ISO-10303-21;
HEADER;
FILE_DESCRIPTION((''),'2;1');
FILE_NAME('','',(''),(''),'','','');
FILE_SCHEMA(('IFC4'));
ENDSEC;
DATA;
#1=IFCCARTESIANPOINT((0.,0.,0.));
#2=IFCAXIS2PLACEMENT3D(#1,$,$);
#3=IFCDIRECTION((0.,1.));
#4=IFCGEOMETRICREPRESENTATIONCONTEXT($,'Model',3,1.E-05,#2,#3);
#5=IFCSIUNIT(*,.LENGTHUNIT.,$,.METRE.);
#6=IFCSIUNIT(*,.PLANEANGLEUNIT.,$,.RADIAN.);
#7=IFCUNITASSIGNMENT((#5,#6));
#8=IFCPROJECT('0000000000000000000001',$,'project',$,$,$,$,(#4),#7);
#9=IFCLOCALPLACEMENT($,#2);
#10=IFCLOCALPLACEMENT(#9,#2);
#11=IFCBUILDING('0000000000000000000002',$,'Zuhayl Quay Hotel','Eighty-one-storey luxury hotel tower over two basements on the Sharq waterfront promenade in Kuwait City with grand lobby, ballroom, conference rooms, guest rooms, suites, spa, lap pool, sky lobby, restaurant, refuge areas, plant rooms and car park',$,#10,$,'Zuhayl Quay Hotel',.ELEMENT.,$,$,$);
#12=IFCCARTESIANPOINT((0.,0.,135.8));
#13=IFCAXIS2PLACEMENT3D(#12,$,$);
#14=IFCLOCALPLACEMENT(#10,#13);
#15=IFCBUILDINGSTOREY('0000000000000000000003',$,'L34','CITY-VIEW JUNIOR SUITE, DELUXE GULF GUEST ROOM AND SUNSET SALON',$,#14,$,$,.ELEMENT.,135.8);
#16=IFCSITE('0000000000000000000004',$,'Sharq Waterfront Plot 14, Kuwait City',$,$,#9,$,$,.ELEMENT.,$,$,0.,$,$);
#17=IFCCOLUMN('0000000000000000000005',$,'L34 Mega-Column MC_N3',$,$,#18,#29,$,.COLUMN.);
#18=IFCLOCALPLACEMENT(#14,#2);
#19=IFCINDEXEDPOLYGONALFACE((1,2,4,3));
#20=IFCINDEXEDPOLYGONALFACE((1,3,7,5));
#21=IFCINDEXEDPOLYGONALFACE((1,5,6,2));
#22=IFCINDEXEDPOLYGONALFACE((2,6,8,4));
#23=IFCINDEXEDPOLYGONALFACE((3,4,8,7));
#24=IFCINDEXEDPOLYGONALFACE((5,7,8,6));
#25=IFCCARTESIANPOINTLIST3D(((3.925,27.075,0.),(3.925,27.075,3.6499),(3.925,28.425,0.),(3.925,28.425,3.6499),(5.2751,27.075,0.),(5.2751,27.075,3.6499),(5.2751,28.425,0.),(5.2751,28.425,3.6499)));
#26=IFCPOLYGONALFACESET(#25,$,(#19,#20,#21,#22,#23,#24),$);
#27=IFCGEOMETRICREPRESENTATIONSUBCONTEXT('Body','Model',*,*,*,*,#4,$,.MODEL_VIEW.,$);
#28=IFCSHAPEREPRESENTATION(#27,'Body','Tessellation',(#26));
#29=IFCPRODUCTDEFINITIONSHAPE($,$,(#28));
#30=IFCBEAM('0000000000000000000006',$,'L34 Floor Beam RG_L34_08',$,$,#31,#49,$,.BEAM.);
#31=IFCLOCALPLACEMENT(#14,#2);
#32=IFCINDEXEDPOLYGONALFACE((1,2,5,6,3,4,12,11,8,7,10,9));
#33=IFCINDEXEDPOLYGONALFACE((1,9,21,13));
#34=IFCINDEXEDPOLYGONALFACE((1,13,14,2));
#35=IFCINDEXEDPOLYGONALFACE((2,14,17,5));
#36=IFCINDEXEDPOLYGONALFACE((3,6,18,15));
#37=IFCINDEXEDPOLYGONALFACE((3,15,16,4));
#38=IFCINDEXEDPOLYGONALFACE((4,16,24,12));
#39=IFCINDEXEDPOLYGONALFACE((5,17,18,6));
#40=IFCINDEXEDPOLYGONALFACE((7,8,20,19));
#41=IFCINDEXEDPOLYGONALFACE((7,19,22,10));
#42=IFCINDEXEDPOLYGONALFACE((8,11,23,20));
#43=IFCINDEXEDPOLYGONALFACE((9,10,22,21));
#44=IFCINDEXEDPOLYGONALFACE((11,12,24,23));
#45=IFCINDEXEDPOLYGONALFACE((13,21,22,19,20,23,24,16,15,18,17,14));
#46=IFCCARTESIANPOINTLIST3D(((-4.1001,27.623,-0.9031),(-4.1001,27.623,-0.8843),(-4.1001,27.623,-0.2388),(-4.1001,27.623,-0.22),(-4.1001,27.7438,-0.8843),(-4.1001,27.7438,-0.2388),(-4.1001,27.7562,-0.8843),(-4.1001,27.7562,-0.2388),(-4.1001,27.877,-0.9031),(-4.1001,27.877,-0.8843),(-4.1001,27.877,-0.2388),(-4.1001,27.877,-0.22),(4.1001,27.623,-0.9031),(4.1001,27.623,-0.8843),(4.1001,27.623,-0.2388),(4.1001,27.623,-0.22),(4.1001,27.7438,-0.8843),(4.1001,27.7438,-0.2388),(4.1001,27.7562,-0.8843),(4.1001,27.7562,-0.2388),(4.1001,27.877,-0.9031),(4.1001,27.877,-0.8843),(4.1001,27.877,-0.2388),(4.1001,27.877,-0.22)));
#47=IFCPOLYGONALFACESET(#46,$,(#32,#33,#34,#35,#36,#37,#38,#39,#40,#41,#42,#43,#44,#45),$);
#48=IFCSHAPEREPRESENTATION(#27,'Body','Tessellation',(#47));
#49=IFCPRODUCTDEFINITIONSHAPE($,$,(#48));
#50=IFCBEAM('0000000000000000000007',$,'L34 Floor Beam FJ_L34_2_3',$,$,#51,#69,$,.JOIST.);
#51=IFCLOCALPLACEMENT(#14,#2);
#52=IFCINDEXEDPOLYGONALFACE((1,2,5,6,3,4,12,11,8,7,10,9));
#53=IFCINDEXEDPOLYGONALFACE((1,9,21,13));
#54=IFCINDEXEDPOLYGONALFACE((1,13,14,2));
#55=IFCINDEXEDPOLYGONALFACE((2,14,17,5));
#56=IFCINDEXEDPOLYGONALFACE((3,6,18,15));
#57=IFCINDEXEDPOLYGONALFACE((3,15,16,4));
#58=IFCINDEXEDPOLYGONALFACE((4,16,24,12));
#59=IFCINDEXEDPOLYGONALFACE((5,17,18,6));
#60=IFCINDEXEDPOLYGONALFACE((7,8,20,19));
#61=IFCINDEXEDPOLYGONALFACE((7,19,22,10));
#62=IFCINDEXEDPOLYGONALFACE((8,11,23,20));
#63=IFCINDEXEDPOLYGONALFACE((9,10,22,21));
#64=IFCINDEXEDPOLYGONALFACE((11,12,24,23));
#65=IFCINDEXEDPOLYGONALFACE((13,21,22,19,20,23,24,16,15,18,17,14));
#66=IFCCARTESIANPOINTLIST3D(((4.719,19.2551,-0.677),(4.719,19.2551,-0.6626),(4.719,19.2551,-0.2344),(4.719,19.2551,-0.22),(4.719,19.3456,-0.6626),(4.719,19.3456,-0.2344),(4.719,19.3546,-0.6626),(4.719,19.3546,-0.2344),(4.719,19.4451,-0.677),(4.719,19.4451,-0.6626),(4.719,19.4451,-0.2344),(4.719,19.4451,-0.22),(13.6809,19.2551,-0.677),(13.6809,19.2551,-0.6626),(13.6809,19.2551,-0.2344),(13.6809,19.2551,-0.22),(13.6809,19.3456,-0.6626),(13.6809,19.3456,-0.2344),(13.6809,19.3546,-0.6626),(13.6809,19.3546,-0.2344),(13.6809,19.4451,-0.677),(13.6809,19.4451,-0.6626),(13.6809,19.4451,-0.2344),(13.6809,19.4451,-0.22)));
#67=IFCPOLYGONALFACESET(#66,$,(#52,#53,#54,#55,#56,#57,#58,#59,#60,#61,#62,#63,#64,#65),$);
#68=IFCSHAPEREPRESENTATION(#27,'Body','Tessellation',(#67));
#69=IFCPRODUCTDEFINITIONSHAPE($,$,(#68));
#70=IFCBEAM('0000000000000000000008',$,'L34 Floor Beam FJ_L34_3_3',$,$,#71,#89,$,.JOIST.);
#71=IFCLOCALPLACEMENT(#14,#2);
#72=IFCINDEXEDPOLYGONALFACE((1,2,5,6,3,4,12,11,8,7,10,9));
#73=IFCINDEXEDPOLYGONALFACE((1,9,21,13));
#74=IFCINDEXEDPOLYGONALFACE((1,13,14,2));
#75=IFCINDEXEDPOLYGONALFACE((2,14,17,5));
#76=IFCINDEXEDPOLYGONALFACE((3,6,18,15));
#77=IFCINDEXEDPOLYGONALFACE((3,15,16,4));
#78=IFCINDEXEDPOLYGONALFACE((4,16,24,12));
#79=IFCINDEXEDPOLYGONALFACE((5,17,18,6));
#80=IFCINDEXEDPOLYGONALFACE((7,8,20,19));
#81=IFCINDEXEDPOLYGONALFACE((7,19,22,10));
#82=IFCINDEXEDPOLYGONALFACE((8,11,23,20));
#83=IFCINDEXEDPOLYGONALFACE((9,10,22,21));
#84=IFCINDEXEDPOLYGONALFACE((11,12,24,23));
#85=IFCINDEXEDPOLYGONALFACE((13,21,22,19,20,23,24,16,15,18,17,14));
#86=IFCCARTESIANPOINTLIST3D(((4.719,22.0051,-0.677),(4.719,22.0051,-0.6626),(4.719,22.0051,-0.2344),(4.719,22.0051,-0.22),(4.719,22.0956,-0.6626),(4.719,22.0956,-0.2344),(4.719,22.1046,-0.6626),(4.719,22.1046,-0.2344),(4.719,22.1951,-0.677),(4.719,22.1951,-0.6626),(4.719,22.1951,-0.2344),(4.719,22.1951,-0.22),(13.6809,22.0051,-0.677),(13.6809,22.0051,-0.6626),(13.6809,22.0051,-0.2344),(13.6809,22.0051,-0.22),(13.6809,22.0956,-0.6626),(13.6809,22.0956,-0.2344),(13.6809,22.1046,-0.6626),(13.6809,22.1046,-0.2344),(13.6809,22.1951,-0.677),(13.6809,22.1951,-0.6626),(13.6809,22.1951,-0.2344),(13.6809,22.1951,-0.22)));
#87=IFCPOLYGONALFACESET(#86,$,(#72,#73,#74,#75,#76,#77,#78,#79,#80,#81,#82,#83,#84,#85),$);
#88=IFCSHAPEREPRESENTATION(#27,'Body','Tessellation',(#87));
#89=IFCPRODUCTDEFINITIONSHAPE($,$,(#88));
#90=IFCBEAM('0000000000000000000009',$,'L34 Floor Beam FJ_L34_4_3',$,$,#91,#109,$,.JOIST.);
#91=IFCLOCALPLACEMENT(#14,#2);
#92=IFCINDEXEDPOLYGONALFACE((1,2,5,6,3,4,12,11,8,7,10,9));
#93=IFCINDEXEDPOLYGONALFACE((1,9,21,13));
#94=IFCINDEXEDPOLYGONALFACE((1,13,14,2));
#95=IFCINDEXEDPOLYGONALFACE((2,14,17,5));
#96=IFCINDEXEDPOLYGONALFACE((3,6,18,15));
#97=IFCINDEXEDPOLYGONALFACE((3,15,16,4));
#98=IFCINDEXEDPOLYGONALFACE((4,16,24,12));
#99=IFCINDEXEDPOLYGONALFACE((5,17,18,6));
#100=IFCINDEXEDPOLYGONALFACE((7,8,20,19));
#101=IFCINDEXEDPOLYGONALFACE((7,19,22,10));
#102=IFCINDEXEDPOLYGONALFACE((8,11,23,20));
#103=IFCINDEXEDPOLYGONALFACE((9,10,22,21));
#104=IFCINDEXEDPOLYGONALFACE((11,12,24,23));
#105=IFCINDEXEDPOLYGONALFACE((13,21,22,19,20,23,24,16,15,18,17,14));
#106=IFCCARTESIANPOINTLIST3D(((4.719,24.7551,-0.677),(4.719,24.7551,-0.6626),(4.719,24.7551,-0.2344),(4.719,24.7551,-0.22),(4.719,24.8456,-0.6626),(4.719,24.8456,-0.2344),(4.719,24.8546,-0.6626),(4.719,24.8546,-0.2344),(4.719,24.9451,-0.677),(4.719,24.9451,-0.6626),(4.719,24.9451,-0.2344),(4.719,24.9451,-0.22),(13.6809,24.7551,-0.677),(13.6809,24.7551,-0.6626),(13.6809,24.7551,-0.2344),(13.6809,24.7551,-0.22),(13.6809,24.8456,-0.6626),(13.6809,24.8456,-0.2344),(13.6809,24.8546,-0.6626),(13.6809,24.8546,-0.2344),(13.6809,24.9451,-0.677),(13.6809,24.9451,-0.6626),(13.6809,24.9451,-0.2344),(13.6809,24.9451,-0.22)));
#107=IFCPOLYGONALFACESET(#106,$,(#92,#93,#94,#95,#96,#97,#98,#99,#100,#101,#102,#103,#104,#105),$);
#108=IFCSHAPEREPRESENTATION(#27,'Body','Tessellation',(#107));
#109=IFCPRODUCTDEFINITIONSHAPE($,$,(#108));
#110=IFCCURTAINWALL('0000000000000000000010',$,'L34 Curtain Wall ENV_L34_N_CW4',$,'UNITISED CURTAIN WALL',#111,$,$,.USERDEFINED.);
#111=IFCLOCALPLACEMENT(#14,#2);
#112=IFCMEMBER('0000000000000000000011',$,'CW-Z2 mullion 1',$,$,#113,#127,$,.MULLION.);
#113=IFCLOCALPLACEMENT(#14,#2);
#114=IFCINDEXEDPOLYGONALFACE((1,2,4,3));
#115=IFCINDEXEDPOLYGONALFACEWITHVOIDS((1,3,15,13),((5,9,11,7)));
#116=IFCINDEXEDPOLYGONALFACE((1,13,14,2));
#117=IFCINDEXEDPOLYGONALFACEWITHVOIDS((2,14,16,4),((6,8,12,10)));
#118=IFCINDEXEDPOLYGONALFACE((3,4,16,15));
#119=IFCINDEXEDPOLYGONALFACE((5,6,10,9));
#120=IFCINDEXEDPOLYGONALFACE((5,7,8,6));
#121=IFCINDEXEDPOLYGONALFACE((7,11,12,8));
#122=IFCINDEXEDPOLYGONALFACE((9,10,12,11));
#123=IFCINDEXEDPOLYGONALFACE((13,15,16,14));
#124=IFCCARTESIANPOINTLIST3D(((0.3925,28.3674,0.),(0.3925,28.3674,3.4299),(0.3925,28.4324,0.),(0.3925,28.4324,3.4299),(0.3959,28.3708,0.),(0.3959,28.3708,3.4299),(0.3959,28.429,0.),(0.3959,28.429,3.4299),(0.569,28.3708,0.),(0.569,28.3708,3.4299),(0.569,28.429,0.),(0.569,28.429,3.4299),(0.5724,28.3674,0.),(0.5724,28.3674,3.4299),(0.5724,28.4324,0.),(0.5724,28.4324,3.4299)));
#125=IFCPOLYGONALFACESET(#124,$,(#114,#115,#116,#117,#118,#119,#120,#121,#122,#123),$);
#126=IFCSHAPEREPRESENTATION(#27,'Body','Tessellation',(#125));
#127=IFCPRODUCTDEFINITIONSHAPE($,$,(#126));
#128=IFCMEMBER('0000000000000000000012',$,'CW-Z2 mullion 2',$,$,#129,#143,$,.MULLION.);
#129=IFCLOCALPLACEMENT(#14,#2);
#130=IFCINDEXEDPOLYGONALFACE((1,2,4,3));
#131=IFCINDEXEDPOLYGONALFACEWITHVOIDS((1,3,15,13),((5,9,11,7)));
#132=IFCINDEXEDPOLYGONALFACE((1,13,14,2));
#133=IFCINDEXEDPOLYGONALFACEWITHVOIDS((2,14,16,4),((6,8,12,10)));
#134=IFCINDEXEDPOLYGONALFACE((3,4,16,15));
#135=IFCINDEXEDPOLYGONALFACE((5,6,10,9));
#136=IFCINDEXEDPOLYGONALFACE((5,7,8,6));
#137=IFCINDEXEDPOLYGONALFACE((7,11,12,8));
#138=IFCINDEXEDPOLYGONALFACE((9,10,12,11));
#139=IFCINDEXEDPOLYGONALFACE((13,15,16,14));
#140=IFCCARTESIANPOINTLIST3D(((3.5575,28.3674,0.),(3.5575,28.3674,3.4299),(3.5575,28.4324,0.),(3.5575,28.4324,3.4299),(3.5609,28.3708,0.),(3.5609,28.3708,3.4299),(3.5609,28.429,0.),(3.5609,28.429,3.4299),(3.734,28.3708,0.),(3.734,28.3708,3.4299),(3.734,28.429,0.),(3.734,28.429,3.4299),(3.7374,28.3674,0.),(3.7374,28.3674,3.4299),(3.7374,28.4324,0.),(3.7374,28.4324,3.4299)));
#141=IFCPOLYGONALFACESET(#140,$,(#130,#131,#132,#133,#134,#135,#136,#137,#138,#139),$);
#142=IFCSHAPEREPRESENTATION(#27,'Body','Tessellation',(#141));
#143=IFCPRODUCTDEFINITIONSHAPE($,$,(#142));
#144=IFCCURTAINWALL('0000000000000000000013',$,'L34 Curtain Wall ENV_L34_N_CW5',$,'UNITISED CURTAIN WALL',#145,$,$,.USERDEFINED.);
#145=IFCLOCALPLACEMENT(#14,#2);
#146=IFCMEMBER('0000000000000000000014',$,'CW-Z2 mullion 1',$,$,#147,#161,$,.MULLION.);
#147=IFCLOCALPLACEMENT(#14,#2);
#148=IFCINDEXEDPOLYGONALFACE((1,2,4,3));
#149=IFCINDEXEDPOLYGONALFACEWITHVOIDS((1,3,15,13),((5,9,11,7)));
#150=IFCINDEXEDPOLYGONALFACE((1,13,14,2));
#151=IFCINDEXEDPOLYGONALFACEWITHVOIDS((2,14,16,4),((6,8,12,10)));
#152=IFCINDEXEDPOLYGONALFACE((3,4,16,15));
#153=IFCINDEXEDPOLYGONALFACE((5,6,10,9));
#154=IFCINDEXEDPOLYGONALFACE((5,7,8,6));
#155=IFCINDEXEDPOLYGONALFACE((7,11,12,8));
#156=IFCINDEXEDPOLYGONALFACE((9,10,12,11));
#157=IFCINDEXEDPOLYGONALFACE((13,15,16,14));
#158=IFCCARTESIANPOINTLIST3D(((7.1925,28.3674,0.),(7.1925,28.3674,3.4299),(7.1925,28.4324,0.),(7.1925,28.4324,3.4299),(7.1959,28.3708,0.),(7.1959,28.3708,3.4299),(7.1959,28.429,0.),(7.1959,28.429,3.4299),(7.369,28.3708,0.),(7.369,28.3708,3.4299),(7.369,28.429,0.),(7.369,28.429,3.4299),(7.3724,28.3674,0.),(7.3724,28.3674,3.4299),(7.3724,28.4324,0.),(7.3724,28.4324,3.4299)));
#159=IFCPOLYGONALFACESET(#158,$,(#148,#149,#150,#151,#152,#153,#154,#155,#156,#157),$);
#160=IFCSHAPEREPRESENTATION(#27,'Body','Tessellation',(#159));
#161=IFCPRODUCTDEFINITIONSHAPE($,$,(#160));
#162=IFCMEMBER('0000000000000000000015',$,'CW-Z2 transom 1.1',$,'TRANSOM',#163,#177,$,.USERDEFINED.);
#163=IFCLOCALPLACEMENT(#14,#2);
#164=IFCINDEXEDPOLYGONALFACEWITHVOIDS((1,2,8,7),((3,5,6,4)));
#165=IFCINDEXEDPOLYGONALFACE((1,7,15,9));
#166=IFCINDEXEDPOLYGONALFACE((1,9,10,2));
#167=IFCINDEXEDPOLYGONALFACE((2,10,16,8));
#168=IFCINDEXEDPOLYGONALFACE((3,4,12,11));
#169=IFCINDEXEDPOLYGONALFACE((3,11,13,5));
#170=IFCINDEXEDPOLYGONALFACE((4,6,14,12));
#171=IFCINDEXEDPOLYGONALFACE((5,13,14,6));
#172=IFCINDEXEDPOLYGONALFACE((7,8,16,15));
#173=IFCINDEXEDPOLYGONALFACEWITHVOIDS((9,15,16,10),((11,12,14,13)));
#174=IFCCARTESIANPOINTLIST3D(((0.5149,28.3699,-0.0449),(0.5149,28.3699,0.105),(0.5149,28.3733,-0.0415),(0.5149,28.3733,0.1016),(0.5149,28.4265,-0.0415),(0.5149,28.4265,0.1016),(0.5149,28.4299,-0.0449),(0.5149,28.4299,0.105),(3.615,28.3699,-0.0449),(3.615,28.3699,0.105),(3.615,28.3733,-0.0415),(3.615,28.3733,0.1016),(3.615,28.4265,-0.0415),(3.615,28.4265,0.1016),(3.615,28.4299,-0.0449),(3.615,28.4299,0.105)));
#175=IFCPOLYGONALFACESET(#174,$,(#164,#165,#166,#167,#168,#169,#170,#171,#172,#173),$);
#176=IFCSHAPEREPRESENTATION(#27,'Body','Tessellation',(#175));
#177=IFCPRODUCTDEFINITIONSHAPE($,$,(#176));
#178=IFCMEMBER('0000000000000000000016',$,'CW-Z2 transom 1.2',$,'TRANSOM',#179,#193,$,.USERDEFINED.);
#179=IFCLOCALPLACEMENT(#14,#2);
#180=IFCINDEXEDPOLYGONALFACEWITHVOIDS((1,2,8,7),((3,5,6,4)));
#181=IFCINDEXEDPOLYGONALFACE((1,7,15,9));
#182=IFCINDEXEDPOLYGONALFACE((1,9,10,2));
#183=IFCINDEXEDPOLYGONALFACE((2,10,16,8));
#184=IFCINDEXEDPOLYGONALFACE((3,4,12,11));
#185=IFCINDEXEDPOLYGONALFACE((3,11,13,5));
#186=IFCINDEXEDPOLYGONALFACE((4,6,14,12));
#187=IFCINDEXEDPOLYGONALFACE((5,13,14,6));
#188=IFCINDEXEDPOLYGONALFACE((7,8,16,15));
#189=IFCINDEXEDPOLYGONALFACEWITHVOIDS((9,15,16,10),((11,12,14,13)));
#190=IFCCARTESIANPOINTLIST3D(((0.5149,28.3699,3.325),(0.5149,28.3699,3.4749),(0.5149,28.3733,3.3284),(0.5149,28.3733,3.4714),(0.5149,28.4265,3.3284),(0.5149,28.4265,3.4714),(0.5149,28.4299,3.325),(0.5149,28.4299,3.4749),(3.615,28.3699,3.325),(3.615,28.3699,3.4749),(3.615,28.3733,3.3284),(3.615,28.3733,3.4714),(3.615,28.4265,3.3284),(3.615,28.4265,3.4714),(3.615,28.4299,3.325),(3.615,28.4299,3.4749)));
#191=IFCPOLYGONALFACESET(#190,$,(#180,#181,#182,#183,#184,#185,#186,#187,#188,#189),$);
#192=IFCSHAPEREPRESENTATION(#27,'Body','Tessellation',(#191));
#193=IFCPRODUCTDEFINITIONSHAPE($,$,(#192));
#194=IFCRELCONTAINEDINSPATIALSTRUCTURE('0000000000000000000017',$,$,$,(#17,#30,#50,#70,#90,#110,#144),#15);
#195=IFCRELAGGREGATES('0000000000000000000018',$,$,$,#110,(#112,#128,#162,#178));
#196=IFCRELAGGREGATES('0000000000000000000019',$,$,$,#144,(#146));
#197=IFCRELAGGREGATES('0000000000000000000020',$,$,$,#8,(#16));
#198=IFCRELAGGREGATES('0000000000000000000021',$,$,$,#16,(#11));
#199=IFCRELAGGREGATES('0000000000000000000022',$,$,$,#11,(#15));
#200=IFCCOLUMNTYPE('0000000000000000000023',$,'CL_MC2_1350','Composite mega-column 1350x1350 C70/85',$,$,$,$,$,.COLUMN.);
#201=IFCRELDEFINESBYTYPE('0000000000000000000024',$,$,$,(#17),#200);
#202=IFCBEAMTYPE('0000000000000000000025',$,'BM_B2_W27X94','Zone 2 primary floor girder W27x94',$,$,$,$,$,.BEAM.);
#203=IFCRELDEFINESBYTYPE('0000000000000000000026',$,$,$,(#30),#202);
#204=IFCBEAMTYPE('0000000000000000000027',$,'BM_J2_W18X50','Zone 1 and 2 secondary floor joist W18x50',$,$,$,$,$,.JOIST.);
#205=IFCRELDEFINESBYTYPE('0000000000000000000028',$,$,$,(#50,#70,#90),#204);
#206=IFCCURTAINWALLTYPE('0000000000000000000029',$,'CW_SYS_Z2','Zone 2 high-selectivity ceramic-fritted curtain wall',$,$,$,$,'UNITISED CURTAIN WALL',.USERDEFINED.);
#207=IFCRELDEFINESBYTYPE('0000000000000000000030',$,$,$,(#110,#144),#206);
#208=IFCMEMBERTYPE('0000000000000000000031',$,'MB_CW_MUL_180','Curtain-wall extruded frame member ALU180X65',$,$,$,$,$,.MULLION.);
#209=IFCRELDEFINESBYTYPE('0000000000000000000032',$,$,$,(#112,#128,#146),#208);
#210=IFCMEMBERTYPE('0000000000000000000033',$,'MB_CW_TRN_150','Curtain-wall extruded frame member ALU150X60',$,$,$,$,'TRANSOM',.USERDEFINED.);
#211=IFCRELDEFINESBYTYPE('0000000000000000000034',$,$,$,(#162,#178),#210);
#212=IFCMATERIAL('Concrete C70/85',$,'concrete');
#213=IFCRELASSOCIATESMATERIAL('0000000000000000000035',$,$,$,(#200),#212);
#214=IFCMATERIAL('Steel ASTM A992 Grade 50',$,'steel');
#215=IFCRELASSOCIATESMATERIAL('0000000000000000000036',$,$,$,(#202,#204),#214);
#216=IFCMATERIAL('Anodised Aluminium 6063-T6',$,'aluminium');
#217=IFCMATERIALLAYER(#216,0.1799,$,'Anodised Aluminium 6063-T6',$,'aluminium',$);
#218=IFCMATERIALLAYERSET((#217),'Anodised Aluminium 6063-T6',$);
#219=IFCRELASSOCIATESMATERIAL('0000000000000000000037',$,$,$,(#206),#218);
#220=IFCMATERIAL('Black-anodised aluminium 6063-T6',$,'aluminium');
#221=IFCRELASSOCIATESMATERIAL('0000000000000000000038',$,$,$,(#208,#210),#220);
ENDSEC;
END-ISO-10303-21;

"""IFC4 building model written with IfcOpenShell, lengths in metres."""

from ifc_helpers import new_model, si_unit, direction, frame, origin, origin_2d, place, context, subcontext, project, spatial, rectangle, hollow_rectangle, i_section, extrude, material, layer, layer_set, material_profile, profile_set, type_object, element, aggregate, save


model = new_model("IFC4")

# Units and contexts
model_context = context("Model", 3, precision=1e-05, world=origin(), true_north=direction((0.0, 1.0)))
body_context = subcontext(model_context, "Body", "Model", "MODEL_VIEW")
ifc_project = project(units=[si_unit("LENGTHUNIT", "METRE"), si_unit("PLANEANGLEUNIT", "RADIAN")], contexts=[model_context])

# Site, building, storey
site_placement = place(None, origin())
site = spatial("IfcSite", under=ifc_project, at=site_placement, Name="Sharq Waterfront Plot 14, Kuwait City", CompositionType="ELEMENT", RefElevation=0.0)
building_placement = place(site_placement, origin())
building = spatial("IfcBuilding", under=site, at=building_placement, Name="Zuhayl Quay Hotel", Description="Eighty-one-storey luxury hotel tower over two basements on the Sharq waterfront promenade in Kuwait City with grand lobby, ballroom, conference rooms, guest rooms, suites, spa, lap pool, sky lobby, restaurant, refuge areas, plant rooms and car park", LongName="Zuhayl Quay Hotel", CompositionType="ELEMENT")
storey_placement = place(building_placement, frame((0.0, 0.0, 135.8)))
storey = spatial("IfcBuildingStorey", under=building, at=storey_placement, Name="L34", Description="CITY-VIEW JUNIOR SUITE, DELUXE GULF GUEST ROOM AND SUNSET SALON", CompositionType="ELEMENT", Elevation=135.8)

# Column
ifc_material_1 = material(Name="Concrete C70/85", Category="concrete")
ifc_material_profile_1 = material_profile(ifc_material_1, rectangle(XDim=1.3501, YDim=1.3501, at=origin_2d()), Name="RC1350X1350")
ifc_profile_set_1 = profile_set([ifc_material_profile_1], Name="Concrete C70/85")
column_type = type_object("IfcColumnType", Name="CL_MC2_1350", Description="Composite mega-column 1350x1350 C70/85", PredefinedType="COLUMN", material=ifc_profile_set_1)
column_placement = place(storey_placement, frame((4.6001, 27.75, 0.0), z_axis=(0.0, 0.0, 1.0), x_axis=(1.0, 0.0, 0.0)))
element("IfcColumn", 1, at=column_placement, inside=storey, type_object=column_type, Name="L34 Mega-Column MC_N3", PredefinedType="COLUMN", context=body_context, shape_type="SweptSolid", body=[
    extrude(rectangle(XDim=1.3501, YDim=1.3501, at=origin_2d()), origin(), (0.0, 0.0, 1.0), 3.6499),
])

# Beams
ifc_material_2 = material(Name="Steel ASTM A992 Grade 50", Category="steel")
ifc_material_profile_2 = material_profile(ifc_material_2, i_section(OverallWidth=0.2539, OverallDepth=0.6831, WebThickness=0.0125, FlangeThickness=0.0188, at=origin_2d()), Name="W27X94")
ifc_profile_set_2 = profile_set([ifc_material_profile_2], Name="Steel ASTM A992 Grade 50")
beam_type_1 = type_object("IfcBeamType", Name="BM_B2_W27X94", Description="Zone 2 primary floor girder W27x94", PredefinedType="BEAM", material=ifc_profile_set_2)
beam_placement = place(storey_placement, frame((4.1001, 27.75, -0.5615), z_axis=(-1.0, 0.0, 0.0), x_axis=(0.0, -1.0, 0.0)))
element("IfcBeam", 2, at=beam_placement, inside=storey, type_object=beam_type_1, Name="L34 Floor Beam RG_L34_08", PredefinedType="BEAM", context=body_context, shape_type="SweptSolid", body=[
    extrude(i_section(OverallWidth=0.2539, OverallDepth=0.6831, WebThickness=0.0125, FlangeThickness=0.0188, at=origin_2d()), origin(), (0.0, 0.0, 1.0), 8.2002),
])
ifc_material_profile_3 = material_profile(ifc_material_2, i_section(OverallWidth=0.1899, OverallDepth=0.457, WebThickness=0.009, FlangeThickness=0.0144, at=origin_2d()), Name="W18X50")
ifc_profile_set_3 = profile_set([ifc_material_profile_3], Name="Steel ASTM A992 Grade 50")
beam_type_2 = type_object("IfcBeamType", Name="BM_J2_W18X50", Description="Zone 1 and 2 secondary floor joist W18x50", PredefinedType="JOIST", material=ifc_profile_set_3)
for number, where, z_axis, x_axis, name in (
    (3, (4.719, 19.3501, -0.4485), (1.0, 0.0, 0.0), (0.0, 1.0, 0.0), "L34 Floor Beam FJ_L34_2_3"),
    (4, (4.719, 22.1001, -0.4485), (1.0, 0.0, 0.0), (0.0, 1.0, 0.0), "L34 Floor Beam FJ_L34_3_3"),
    (5, (4.719, 24.8501, -0.4485), (1.0, 0.0, 0.0), (0.0, 1.0, 0.0), "L34 Floor Beam FJ_L34_4_3"),
):
    element("IfcBeam", number, at=place(storey_placement, frame(where, z_axis=z_axis, x_axis=x_axis)), inside=storey, type_object=beam_type_2, Name=name, PredefinedType="JOIST", context=body_context, shape_type="SweptSolid", body=[
        extrude(i_section(OverallWidth=0.1899, OverallDepth=0.457, WebThickness=0.009, FlangeThickness=0.0144, at=origin_2d()), origin(), (0.0, 0.0, 1.0), 8.9619),
    ])

# Curtain wall, members
ifc_material_3 = material(Name="Anodised Aluminium 6063-T6", Category="aluminium")
ifc_layer_1 = layer(ifc_material_3, 0.1799, Name="Anodised Aluminium 6063-T6", Category="aluminium")
ifc_layer_set_1 = layer_set([ifc_layer_1], Name="Anodised Aluminium 6063-T6")
curtain_wall_type = type_object("IfcCurtainWallType", Name="CW_SYS_Z2", Description="Zone 2 high-selectivity ceramic-fritted curtain wall", ElementType="UNITISED CURTAIN WALL", PredefinedType="USERDEFINED", material=ifc_layer_set_1)
curtain_wall_1_placement = place(storey_placement, origin())
curtain_wall_1 = element("IfcCurtainWall", 6, at=curtain_wall_1_placement, inside=storey, type_object=curtain_wall_type, Name="L34 Curtain Wall ENV_L34_N_CW4", ObjectType="UNITISED CURTAIN WALL", PredefinedType="USERDEFINED")
ifc_material_4 = material(Name="Black-anodised aluminium 6063-T6", Category="aluminium")
ifc_material_profile_4 = material_profile(ifc_material_4, hollow_rectangle(XDim=0.0649, YDim=0.1799, WallThickness=0.0034, at=origin_2d()), Name="ALU180X65")
ifc_profile_set_4 = profile_set([ifc_material_profile_4], Name="Black-anodised aluminium 6063-T6")
member_type_1 = type_object("IfcMemberType", Name="MB_CW_MUL_180", Description="Curtain-wall extruded frame member ALU180X65", PredefinedType="MULLION", material=ifc_profile_set_4)
member_1_placement = place(storey_placement, frame((0.4824, 28.3999, 0.0), z_axis=(0.0, 0.0, 1.0), x_axis=(0.0, 1.0, 0.0)))
member_1 = element("IfcMember", 7, at=member_1_placement, type_object=member_type_1, Name="CW-Z2 mullion 1", PredefinedType="MULLION", context=body_context, shape_type="SweptSolid", body=[
    extrude(hollow_rectangle(XDim=0.0649, YDim=0.1799, WallThickness=0.0034, at=origin_2d()), origin(), (0.0, 0.0, 1.0), 3.4299),
])
member_2_placement = place(storey_placement, frame((3.6475, 28.3999, 0.0), z_axis=(0.0, 0.0, 1.0), x_axis=(0.0, 1.0, 0.0)))
member_2 = element("IfcMember", 8, at=member_2_placement, type_object=member_type_1, Name="CW-Z2 mullion 2", PredefinedType="MULLION", context=body_context, shape_type="SweptSolid", body=[
    extrude(hollow_rectangle(XDim=0.0649, YDim=0.1799, WallThickness=0.0034, at=origin_2d()), origin(), (0.0, 0.0, 1.0), 3.4299),
])

# Curtain wall, member
curtain_wall_2_placement = place(storey_placement, origin())
curtain_wall_2 = element("IfcCurtainWall", 9, at=curtain_wall_2_placement, inside=storey, type_object=curtain_wall_type, Name="L34 Curtain Wall ENV_L34_N_CW5", ObjectType="UNITISED CURTAIN WALL", PredefinedType="USERDEFINED")
member_3_placement = place(storey_placement, frame((7.2825, 28.3999, 0.0), z_axis=(0.0, 0.0, 1.0), x_axis=(0.0, 1.0, 0.0)))
member_3 = element("IfcMember", 10, at=member_3_placement, type_object=member_type_1, Name="CW-Z2 mullion 1", PredefinedType="MULLION", context=body_context, shape_type="SweptSolid", body=[
    extrude(hollow_rectangle(XDim=0.0649, YDim=0.1799, WallThickness=0.0034, at=origin_2d()), origin(), (0.0, 0.0, 1.0), 3.4299),
])

# Members
ifc_material_profile_5 = material_profile(ifc_material_4, hollow_rectangle(XDim=0.0601, YDim=0.1499, WallThickness=0.0034, at=origin_2d()), Name="ALU150X60")
ifc_profile_set_5 = profile_set([ifc_material_profile_5], Name="Black-anodised aluminium 6063-T6")
member_type_2 = type_object("IfcMemberType", Name="MB_CW_TRN_150", Description="Curtain-wall extruded frame member ALU150X60", ElementType="TRANSOM", PredefinedType="USERDEFINED", material=ifc_profile_set_5)
member_4_placement = place(storey_placement, frame((0.5149, 28.3999, 0.03), z_axis=(1.0, 0.0, 0.0), x_axis=(0.0, 1.0, 0.0)))
member_4 = element("IfcMember", 11, at=member_4_placement, type_object=member_type_2, Name="CW-Z2 transom 1.1", ObjectType="TRANSOM", PredefinedType="USERDEFINED", context=body_context, shape_type="SweptSolid", body=[
    extrude(hollow_rectangle(XDim=0.0601, YDim=0.1499, WallThickness=0.0034, at=origin_2d()), origin(), (0.0, 0.0, 1.0), 3.1001),
])
member_5_placement = place(storey_placement, frame((0.5149, 28.3999, 3.3999), z_axis=(1.0, 0.0, 0.0), x_axis=(0.0, 1.0, 0.0)))
member_5 = element("IfcMember", 12, at=member_5_placement, type_object=member_type_2, Name="CW-Z2 transom 1.2", ObjectType="TRANSOM", PredefinedType="USERDEFINED", context=body_context, shape_type="SweptSolid", body=[
    extrude(hollow_rectangle(XDim=0.0601, YDim=0.1499, WallThickness=0.0034, at=origin_2d()), origin(), (0.0, 0.0, 1.0), 3.1001),
])

aggregate(curtain_wall_1, [member_1, member_2, member_4, member_5])
aggregate(curtain_wall_2, [member_3])

save(model, "model.ifc")
